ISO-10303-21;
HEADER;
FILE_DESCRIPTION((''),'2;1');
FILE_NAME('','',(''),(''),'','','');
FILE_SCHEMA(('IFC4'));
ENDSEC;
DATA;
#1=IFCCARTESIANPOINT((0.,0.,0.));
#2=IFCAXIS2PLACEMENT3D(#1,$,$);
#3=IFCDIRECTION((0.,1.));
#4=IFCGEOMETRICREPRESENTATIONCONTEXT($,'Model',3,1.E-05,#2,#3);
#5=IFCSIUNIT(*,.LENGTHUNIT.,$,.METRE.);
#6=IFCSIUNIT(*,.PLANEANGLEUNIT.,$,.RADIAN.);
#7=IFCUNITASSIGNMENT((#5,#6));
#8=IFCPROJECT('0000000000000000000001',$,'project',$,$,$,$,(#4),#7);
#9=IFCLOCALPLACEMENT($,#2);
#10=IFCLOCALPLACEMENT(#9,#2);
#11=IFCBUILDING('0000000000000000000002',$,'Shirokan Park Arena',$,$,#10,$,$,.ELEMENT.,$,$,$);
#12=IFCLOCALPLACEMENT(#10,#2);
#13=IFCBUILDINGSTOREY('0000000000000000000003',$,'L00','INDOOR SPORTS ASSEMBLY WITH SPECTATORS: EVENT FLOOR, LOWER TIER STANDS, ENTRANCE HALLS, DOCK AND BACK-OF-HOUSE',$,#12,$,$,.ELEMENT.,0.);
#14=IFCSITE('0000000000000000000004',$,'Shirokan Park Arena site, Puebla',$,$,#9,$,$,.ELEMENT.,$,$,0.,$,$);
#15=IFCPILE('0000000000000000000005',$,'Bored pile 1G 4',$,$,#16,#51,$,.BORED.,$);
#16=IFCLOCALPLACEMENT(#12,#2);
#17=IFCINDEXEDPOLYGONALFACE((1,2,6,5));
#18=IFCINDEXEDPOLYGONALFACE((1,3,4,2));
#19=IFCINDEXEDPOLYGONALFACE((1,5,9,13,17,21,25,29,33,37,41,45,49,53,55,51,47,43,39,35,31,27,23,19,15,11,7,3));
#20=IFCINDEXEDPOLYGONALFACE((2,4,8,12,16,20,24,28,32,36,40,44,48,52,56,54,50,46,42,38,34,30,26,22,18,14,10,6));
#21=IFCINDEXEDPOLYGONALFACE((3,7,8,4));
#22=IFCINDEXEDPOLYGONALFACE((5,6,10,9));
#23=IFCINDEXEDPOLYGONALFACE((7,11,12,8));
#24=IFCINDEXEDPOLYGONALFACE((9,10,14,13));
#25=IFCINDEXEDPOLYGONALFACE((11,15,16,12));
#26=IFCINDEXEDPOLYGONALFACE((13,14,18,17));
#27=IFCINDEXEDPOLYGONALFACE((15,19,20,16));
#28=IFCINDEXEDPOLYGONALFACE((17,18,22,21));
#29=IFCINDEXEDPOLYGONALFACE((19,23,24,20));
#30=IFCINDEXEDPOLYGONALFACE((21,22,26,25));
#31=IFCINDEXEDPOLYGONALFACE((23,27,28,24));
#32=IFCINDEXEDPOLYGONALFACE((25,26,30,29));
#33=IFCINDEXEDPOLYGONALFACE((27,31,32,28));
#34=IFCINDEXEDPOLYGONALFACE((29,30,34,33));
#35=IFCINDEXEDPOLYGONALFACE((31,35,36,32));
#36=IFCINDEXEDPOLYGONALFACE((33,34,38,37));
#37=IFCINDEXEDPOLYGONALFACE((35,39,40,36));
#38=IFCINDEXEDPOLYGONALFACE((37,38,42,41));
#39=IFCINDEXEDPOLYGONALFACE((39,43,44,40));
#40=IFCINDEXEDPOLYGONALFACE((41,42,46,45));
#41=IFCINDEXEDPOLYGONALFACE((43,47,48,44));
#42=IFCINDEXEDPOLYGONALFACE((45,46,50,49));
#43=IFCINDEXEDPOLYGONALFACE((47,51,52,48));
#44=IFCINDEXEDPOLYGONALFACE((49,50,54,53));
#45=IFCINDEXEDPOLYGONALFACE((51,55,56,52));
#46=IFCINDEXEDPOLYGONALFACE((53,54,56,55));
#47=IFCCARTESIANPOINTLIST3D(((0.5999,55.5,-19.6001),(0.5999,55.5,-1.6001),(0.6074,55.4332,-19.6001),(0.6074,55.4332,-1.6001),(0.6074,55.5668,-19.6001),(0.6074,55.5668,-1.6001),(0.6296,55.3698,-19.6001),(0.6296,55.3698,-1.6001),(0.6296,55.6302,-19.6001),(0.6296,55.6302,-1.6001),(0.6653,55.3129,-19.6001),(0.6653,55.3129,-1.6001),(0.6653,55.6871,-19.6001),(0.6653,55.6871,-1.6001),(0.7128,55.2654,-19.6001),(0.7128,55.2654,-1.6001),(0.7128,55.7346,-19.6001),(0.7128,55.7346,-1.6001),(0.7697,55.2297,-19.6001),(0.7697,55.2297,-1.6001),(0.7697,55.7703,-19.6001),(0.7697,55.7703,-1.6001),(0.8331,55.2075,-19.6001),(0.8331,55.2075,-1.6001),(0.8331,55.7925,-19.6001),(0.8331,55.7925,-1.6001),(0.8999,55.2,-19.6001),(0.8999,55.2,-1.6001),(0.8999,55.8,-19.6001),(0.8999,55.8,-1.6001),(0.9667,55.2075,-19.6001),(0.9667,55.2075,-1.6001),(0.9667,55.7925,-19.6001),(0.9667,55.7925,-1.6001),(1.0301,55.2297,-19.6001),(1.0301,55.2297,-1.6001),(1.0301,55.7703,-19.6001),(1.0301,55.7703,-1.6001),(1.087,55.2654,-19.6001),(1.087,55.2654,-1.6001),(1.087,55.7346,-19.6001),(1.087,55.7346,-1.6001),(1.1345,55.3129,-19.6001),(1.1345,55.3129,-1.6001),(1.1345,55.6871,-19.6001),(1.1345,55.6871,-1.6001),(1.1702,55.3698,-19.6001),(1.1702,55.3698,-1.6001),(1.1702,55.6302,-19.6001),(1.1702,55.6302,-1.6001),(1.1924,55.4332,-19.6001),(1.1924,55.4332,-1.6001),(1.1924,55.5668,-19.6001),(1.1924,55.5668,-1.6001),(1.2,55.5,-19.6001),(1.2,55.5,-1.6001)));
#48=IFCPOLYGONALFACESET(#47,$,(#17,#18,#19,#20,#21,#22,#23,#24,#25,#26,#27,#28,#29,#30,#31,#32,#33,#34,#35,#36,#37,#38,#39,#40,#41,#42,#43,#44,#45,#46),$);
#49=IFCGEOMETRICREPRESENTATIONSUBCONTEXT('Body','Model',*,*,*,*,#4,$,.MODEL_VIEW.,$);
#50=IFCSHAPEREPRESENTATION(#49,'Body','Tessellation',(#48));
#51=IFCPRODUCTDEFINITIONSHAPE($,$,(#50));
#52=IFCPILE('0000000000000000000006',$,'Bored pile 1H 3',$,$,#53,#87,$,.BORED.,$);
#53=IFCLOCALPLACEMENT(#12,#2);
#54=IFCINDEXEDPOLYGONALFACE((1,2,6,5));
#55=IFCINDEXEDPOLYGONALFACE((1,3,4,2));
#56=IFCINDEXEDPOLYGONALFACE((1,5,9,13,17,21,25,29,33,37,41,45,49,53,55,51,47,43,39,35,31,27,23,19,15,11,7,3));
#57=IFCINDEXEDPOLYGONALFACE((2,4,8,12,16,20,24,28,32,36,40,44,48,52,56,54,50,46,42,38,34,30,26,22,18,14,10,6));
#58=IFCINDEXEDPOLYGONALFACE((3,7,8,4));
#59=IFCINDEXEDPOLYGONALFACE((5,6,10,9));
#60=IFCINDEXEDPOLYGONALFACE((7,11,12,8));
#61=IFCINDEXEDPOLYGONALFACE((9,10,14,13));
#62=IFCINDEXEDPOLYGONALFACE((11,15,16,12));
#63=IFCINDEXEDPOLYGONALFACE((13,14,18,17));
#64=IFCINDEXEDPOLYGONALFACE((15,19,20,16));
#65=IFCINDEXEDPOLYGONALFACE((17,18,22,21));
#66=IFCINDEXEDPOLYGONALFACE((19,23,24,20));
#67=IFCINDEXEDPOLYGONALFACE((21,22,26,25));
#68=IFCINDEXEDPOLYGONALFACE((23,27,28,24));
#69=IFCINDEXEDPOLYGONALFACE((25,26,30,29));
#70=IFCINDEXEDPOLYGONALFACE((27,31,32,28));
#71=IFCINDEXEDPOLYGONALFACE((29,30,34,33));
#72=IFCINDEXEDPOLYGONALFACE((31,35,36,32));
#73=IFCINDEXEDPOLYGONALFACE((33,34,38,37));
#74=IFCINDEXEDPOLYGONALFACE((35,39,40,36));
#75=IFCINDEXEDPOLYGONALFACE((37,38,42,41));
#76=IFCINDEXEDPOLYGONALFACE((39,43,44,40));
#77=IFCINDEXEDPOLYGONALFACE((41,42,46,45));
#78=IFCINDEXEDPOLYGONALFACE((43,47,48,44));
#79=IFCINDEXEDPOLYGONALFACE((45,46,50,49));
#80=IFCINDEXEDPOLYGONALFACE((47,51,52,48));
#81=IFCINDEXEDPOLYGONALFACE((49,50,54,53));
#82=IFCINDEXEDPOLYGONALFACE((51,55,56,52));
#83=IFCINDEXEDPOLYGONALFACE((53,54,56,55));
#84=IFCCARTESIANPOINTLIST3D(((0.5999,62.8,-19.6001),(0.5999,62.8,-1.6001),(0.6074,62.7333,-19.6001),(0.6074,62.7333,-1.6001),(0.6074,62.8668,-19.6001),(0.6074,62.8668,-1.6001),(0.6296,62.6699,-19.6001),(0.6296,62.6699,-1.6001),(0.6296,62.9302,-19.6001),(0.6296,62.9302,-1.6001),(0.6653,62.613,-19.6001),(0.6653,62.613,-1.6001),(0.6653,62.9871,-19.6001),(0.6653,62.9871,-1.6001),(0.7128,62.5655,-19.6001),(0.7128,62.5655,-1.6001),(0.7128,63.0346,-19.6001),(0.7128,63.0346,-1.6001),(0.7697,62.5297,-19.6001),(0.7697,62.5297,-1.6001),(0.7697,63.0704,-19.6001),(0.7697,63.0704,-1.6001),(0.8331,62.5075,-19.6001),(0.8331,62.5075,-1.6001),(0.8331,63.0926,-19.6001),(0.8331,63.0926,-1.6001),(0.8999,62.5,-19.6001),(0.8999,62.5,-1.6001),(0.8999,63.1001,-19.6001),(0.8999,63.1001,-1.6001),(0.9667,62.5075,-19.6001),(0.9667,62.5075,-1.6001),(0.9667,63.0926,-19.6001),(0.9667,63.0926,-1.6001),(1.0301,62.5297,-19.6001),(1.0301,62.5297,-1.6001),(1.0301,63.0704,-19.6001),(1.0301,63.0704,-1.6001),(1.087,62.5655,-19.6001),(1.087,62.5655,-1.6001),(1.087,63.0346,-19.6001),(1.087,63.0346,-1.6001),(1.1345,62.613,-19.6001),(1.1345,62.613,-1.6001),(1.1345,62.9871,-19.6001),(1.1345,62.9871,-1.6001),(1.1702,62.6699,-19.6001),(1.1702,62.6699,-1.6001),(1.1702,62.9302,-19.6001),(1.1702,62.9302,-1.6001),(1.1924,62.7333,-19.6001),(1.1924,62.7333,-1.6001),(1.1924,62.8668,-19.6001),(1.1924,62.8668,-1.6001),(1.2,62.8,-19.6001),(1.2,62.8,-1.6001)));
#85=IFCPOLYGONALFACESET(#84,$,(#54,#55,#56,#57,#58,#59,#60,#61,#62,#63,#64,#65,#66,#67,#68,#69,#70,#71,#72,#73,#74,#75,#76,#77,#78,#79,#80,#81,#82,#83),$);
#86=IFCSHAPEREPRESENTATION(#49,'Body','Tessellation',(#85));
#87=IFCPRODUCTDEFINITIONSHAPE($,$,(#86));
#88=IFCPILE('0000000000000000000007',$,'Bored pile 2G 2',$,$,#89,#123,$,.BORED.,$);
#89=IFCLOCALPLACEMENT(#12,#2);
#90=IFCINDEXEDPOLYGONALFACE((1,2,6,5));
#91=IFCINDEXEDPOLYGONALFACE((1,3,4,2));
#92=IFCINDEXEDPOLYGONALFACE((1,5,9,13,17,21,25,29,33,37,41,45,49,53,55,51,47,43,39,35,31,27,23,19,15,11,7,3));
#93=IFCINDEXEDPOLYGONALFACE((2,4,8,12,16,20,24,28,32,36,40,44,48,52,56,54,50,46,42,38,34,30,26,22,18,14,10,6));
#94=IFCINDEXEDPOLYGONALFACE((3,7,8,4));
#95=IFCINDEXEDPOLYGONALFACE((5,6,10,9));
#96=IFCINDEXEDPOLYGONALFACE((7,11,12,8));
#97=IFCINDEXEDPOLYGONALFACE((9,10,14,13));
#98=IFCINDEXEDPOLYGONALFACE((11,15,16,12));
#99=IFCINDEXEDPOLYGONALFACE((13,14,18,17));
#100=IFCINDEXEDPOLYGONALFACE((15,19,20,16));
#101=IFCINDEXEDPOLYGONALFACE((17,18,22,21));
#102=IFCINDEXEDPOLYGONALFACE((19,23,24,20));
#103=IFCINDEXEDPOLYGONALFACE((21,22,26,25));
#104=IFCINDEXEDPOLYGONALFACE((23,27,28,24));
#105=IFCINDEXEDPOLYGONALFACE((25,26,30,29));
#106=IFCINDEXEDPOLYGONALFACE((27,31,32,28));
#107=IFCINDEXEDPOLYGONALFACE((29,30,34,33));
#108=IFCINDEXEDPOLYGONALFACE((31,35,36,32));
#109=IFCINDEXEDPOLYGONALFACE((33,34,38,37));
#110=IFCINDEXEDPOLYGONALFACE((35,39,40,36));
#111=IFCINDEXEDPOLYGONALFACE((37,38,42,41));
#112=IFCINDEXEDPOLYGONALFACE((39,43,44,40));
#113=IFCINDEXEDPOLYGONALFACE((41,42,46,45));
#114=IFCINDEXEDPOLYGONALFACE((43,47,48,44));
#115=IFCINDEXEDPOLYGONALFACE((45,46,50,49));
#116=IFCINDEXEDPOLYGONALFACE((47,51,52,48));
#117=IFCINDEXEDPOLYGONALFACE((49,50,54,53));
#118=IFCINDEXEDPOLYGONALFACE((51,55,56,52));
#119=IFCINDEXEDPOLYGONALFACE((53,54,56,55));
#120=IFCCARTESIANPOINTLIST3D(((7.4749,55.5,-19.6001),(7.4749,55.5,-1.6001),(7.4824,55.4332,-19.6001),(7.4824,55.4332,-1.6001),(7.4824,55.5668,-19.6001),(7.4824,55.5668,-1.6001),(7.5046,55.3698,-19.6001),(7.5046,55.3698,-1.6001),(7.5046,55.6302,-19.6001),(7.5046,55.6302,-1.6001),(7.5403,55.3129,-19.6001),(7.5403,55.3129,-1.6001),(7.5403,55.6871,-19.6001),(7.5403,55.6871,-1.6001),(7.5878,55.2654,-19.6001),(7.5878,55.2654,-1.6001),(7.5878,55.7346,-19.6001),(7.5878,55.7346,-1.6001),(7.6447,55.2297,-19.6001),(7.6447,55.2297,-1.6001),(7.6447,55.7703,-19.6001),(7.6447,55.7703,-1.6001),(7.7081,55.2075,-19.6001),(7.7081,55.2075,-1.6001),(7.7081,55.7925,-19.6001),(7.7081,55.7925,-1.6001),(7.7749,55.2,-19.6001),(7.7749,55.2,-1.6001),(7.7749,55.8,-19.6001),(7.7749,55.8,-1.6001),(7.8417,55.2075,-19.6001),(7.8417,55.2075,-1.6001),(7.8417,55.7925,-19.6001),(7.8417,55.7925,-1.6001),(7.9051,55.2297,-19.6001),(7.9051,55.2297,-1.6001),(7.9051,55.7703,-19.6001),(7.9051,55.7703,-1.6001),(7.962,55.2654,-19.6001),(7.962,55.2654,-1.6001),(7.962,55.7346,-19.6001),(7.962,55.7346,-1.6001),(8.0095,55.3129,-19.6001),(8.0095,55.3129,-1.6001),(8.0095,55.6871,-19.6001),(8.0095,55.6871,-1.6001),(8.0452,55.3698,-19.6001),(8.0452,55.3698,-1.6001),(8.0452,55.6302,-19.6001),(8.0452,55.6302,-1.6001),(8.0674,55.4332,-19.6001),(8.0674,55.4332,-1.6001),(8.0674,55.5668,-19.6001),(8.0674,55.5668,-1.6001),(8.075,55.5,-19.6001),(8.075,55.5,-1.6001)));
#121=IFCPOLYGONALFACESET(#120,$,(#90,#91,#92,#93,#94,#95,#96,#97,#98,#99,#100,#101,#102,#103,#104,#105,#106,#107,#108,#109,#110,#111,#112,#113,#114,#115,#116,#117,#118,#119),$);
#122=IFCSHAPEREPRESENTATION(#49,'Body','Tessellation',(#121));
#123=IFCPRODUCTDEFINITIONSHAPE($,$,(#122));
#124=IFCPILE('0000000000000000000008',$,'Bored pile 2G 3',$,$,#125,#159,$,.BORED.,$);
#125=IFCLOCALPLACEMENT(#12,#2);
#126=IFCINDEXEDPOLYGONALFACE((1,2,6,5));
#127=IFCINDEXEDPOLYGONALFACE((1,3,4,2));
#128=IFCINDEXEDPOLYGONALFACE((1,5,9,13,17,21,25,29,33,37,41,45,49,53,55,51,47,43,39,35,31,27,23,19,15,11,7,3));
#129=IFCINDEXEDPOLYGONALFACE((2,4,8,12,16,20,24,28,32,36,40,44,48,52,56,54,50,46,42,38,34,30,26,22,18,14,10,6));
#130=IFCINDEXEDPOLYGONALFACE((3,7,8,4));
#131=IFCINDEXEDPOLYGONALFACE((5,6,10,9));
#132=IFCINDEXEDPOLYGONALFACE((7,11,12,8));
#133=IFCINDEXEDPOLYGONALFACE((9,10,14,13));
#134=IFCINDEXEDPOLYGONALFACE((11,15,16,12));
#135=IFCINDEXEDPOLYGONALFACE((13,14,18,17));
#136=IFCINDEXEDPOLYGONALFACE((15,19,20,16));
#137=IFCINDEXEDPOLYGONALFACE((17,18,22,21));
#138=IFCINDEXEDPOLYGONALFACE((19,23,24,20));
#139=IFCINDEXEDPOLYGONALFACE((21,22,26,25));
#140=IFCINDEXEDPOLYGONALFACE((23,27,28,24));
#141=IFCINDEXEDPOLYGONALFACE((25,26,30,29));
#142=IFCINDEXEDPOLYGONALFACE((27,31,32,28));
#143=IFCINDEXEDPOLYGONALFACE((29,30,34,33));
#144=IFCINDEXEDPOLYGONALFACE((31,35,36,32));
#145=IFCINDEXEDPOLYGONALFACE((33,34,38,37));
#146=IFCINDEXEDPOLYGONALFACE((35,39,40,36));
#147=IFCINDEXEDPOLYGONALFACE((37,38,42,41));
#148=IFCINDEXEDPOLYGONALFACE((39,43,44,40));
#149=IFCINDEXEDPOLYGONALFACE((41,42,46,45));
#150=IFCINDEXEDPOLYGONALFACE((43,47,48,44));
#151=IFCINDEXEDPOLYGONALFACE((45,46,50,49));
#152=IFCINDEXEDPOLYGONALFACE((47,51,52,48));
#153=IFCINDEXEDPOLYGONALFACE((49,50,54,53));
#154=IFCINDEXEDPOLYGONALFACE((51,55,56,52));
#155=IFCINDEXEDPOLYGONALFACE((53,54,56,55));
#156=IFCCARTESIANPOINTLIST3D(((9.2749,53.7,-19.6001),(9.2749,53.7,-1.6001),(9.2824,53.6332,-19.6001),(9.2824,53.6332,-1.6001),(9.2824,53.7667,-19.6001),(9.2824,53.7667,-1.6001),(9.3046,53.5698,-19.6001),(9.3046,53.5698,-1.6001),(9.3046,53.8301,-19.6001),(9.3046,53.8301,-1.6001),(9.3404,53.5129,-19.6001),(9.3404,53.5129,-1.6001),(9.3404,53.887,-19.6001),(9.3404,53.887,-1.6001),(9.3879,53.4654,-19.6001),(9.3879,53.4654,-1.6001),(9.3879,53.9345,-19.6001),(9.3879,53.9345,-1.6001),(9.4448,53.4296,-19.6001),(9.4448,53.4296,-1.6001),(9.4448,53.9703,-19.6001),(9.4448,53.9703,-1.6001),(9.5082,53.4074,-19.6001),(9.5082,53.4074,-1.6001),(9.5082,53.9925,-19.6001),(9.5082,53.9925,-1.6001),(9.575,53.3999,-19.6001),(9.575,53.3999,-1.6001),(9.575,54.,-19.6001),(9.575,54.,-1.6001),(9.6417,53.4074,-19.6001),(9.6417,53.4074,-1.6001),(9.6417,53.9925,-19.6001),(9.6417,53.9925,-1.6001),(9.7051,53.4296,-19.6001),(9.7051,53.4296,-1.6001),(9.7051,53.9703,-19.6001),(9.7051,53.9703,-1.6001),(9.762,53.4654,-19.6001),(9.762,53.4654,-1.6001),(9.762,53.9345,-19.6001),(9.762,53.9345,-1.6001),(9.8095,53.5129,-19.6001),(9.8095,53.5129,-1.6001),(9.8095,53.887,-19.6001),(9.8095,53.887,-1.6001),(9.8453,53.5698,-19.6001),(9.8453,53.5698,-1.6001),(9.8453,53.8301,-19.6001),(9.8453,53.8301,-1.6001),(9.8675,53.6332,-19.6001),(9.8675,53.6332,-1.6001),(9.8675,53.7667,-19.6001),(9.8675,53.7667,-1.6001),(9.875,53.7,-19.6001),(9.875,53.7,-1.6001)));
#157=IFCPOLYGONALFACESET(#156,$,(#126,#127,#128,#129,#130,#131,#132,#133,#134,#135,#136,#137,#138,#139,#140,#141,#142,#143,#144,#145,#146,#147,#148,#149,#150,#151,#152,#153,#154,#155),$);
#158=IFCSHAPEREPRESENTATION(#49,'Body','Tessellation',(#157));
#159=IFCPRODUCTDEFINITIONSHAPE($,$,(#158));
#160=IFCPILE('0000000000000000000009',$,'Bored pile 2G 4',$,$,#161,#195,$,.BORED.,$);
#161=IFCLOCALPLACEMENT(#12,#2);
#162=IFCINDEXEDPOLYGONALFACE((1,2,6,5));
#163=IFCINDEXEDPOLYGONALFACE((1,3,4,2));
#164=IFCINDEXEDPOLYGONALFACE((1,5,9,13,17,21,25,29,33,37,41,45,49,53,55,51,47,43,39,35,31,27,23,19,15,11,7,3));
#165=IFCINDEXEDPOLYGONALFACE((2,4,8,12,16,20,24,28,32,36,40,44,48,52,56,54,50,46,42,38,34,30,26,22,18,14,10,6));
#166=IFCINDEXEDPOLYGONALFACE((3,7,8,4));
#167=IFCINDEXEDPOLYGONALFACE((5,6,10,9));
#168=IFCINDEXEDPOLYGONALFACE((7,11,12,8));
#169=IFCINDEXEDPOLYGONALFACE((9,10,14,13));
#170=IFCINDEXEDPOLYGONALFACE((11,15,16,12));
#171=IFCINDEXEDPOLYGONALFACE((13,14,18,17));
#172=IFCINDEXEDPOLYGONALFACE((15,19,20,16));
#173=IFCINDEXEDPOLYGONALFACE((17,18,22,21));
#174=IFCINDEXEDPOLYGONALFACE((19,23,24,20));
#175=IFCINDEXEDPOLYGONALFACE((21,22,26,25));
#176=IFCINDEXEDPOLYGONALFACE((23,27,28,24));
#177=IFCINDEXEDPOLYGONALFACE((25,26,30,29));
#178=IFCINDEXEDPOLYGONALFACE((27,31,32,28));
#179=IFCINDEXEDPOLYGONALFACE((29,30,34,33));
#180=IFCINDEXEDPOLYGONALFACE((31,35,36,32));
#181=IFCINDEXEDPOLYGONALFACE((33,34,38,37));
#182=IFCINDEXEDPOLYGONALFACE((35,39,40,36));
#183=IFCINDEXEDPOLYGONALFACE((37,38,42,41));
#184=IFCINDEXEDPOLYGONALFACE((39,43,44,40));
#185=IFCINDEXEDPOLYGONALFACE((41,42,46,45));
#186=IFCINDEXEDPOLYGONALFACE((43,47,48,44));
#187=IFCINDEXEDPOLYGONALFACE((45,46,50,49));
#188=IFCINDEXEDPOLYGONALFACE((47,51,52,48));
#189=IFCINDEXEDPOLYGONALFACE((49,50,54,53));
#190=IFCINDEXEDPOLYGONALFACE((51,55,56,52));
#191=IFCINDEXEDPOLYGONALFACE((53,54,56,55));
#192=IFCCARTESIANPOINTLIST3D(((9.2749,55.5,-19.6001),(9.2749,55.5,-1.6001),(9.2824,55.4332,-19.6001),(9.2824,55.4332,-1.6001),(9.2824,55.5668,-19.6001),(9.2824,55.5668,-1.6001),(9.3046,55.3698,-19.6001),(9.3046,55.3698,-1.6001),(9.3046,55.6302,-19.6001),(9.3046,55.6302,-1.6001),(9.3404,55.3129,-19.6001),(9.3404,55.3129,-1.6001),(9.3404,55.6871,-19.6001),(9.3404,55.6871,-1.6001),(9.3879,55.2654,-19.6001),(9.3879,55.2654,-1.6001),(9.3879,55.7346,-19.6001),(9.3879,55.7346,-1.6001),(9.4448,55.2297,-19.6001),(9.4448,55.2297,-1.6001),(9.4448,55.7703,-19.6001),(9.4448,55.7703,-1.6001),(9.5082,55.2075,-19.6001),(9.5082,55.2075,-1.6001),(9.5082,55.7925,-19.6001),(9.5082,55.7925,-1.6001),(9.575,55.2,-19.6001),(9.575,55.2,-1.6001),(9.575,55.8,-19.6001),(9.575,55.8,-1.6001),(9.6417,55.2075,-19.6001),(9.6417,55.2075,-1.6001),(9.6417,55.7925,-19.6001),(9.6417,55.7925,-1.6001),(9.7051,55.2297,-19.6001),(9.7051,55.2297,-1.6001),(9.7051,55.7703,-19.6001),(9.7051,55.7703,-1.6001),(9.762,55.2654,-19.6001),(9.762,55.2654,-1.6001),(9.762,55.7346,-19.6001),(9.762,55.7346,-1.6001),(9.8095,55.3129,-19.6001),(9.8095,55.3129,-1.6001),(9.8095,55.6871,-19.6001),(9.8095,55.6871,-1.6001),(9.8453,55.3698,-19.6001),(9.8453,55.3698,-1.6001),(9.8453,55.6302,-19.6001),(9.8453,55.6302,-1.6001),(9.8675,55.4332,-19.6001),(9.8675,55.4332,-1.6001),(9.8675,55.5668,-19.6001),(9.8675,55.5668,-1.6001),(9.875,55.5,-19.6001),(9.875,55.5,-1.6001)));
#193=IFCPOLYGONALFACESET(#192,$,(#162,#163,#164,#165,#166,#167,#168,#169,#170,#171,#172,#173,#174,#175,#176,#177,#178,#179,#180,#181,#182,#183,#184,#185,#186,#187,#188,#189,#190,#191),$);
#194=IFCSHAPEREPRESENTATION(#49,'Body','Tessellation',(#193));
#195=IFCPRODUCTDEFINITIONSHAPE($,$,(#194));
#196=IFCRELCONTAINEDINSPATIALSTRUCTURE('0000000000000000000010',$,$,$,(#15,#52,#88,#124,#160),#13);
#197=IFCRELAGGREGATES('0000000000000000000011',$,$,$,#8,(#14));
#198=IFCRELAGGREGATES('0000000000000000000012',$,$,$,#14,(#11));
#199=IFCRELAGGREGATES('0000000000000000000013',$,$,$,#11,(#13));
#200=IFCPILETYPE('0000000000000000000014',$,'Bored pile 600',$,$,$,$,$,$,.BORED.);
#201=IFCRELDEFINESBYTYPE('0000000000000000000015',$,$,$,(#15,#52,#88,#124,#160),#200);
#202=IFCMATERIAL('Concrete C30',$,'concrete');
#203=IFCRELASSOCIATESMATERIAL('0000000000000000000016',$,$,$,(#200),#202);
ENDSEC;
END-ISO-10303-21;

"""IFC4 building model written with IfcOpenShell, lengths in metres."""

from ifc_helpers import new_model, si_unit, direction, frame, origin, origin_2d, place, context, subcontext, project, spatial, circle, extrude, material, material_profile, profile_set, type_object, element, save


model = new_model("IFC4")

# Units and contexts
model_context = context("Model", 3, precision=1e-05, world=origin(), true_north=direction((0.0, 1.0)))
body_context = subcontext(model_context, "Body", "Model", "MODEL_VIEW")
ifc_project = project(units=[si_unit("LENGTHUNIT", "METRE"), si_unit("PLANEANGLEUNIT", "RADIAN")], contexts=[model_context])

# Site, building, storey
site_placement = place(None, origin())
site = spatial("IfcSite", under=ifc_project, at=site_placement, Name="Shirokan Park Arena site, Puebla", CompositionType="ELEMENT", RefElevation=0.0)
building_placement = place(site_placement, origin())
building = spatial("IfcBuilding", under=site, at=building_placement, Name="Shirokan Park Arena", CompositionType="ELEMENT")
storey_placement = place(building_placement, origin())
storey = spatial("IfcBuildingStorey", under=building, at=storey_placement, Name="L00", Description="INDOOR SPORTS ASSEMBLY WITH SPECTATORS: EVENT FLOOR, LOWER TIER STANDS, ENTRANCE HALLS, DOCK AND BACK-OF-HOUSE", CompositionType="ELEMENT", Elevation=0.0)

# Piles
ifc_material_1 = material(Name="Concrete C30", Category="concrete")
ifc_material_profile_1 = material_profile(ifc_material_1, circle(Radius=0.3, at=origin_2d()), Name="D600")
ifc_profile_set_1 = profile_set([ifc_material_profile_1], Name="Concrete C30")
pile_type = type_object("IfcPileType", Name="Bored pile 600", PredefinedType="BORED", material=ifc_profile_set_1)
for number, where, z_axis, x_axis, name in (
    (1, (0.8999, 55.5, -1.6001), (0.0, 0.0, -1.0), (1.0, 0.0, 0.0), "Bored pile 1G 4"),
    (2, (0.8999, 62.8, -1.6001), (0.0, 0.0, -1.0), (1.0, 0.0, 0.0), "Bored pile 1H 3"),
    (3, (7.7749, 55.5, -1.6001), (0.0, 0.0, -1.0), (1.0, 0.0, 0.0), "Bored pile 2G 2"),
    (4, (9.575, 53.7, -1.6001), (0.0, 0.0, -1.0), (1.0, 0.0, 0.0), "Bored pile 2G 3"),
    (5, (9.575, 55.5, -1.6001), (0.0, 0.0, -1.0), (1.0, 0.0, 0.0), "Bored pile 2G 4"),
):
    element("IfcPile", number, at=place(storey_placement, frame(where, z_axis=z_axis, x_axis=x_axis)), inside=storey, type_object=pile_type, Name=name, PredefinedType="BORED", context=body_context, shape_type="SweptSolid", body=[
        extrude(circle(Radius=0.3, at=origin_2d()), origin(), (0.0, 0.0, 1.0), 18.0),
    ])

save(model, "model.ifc")
